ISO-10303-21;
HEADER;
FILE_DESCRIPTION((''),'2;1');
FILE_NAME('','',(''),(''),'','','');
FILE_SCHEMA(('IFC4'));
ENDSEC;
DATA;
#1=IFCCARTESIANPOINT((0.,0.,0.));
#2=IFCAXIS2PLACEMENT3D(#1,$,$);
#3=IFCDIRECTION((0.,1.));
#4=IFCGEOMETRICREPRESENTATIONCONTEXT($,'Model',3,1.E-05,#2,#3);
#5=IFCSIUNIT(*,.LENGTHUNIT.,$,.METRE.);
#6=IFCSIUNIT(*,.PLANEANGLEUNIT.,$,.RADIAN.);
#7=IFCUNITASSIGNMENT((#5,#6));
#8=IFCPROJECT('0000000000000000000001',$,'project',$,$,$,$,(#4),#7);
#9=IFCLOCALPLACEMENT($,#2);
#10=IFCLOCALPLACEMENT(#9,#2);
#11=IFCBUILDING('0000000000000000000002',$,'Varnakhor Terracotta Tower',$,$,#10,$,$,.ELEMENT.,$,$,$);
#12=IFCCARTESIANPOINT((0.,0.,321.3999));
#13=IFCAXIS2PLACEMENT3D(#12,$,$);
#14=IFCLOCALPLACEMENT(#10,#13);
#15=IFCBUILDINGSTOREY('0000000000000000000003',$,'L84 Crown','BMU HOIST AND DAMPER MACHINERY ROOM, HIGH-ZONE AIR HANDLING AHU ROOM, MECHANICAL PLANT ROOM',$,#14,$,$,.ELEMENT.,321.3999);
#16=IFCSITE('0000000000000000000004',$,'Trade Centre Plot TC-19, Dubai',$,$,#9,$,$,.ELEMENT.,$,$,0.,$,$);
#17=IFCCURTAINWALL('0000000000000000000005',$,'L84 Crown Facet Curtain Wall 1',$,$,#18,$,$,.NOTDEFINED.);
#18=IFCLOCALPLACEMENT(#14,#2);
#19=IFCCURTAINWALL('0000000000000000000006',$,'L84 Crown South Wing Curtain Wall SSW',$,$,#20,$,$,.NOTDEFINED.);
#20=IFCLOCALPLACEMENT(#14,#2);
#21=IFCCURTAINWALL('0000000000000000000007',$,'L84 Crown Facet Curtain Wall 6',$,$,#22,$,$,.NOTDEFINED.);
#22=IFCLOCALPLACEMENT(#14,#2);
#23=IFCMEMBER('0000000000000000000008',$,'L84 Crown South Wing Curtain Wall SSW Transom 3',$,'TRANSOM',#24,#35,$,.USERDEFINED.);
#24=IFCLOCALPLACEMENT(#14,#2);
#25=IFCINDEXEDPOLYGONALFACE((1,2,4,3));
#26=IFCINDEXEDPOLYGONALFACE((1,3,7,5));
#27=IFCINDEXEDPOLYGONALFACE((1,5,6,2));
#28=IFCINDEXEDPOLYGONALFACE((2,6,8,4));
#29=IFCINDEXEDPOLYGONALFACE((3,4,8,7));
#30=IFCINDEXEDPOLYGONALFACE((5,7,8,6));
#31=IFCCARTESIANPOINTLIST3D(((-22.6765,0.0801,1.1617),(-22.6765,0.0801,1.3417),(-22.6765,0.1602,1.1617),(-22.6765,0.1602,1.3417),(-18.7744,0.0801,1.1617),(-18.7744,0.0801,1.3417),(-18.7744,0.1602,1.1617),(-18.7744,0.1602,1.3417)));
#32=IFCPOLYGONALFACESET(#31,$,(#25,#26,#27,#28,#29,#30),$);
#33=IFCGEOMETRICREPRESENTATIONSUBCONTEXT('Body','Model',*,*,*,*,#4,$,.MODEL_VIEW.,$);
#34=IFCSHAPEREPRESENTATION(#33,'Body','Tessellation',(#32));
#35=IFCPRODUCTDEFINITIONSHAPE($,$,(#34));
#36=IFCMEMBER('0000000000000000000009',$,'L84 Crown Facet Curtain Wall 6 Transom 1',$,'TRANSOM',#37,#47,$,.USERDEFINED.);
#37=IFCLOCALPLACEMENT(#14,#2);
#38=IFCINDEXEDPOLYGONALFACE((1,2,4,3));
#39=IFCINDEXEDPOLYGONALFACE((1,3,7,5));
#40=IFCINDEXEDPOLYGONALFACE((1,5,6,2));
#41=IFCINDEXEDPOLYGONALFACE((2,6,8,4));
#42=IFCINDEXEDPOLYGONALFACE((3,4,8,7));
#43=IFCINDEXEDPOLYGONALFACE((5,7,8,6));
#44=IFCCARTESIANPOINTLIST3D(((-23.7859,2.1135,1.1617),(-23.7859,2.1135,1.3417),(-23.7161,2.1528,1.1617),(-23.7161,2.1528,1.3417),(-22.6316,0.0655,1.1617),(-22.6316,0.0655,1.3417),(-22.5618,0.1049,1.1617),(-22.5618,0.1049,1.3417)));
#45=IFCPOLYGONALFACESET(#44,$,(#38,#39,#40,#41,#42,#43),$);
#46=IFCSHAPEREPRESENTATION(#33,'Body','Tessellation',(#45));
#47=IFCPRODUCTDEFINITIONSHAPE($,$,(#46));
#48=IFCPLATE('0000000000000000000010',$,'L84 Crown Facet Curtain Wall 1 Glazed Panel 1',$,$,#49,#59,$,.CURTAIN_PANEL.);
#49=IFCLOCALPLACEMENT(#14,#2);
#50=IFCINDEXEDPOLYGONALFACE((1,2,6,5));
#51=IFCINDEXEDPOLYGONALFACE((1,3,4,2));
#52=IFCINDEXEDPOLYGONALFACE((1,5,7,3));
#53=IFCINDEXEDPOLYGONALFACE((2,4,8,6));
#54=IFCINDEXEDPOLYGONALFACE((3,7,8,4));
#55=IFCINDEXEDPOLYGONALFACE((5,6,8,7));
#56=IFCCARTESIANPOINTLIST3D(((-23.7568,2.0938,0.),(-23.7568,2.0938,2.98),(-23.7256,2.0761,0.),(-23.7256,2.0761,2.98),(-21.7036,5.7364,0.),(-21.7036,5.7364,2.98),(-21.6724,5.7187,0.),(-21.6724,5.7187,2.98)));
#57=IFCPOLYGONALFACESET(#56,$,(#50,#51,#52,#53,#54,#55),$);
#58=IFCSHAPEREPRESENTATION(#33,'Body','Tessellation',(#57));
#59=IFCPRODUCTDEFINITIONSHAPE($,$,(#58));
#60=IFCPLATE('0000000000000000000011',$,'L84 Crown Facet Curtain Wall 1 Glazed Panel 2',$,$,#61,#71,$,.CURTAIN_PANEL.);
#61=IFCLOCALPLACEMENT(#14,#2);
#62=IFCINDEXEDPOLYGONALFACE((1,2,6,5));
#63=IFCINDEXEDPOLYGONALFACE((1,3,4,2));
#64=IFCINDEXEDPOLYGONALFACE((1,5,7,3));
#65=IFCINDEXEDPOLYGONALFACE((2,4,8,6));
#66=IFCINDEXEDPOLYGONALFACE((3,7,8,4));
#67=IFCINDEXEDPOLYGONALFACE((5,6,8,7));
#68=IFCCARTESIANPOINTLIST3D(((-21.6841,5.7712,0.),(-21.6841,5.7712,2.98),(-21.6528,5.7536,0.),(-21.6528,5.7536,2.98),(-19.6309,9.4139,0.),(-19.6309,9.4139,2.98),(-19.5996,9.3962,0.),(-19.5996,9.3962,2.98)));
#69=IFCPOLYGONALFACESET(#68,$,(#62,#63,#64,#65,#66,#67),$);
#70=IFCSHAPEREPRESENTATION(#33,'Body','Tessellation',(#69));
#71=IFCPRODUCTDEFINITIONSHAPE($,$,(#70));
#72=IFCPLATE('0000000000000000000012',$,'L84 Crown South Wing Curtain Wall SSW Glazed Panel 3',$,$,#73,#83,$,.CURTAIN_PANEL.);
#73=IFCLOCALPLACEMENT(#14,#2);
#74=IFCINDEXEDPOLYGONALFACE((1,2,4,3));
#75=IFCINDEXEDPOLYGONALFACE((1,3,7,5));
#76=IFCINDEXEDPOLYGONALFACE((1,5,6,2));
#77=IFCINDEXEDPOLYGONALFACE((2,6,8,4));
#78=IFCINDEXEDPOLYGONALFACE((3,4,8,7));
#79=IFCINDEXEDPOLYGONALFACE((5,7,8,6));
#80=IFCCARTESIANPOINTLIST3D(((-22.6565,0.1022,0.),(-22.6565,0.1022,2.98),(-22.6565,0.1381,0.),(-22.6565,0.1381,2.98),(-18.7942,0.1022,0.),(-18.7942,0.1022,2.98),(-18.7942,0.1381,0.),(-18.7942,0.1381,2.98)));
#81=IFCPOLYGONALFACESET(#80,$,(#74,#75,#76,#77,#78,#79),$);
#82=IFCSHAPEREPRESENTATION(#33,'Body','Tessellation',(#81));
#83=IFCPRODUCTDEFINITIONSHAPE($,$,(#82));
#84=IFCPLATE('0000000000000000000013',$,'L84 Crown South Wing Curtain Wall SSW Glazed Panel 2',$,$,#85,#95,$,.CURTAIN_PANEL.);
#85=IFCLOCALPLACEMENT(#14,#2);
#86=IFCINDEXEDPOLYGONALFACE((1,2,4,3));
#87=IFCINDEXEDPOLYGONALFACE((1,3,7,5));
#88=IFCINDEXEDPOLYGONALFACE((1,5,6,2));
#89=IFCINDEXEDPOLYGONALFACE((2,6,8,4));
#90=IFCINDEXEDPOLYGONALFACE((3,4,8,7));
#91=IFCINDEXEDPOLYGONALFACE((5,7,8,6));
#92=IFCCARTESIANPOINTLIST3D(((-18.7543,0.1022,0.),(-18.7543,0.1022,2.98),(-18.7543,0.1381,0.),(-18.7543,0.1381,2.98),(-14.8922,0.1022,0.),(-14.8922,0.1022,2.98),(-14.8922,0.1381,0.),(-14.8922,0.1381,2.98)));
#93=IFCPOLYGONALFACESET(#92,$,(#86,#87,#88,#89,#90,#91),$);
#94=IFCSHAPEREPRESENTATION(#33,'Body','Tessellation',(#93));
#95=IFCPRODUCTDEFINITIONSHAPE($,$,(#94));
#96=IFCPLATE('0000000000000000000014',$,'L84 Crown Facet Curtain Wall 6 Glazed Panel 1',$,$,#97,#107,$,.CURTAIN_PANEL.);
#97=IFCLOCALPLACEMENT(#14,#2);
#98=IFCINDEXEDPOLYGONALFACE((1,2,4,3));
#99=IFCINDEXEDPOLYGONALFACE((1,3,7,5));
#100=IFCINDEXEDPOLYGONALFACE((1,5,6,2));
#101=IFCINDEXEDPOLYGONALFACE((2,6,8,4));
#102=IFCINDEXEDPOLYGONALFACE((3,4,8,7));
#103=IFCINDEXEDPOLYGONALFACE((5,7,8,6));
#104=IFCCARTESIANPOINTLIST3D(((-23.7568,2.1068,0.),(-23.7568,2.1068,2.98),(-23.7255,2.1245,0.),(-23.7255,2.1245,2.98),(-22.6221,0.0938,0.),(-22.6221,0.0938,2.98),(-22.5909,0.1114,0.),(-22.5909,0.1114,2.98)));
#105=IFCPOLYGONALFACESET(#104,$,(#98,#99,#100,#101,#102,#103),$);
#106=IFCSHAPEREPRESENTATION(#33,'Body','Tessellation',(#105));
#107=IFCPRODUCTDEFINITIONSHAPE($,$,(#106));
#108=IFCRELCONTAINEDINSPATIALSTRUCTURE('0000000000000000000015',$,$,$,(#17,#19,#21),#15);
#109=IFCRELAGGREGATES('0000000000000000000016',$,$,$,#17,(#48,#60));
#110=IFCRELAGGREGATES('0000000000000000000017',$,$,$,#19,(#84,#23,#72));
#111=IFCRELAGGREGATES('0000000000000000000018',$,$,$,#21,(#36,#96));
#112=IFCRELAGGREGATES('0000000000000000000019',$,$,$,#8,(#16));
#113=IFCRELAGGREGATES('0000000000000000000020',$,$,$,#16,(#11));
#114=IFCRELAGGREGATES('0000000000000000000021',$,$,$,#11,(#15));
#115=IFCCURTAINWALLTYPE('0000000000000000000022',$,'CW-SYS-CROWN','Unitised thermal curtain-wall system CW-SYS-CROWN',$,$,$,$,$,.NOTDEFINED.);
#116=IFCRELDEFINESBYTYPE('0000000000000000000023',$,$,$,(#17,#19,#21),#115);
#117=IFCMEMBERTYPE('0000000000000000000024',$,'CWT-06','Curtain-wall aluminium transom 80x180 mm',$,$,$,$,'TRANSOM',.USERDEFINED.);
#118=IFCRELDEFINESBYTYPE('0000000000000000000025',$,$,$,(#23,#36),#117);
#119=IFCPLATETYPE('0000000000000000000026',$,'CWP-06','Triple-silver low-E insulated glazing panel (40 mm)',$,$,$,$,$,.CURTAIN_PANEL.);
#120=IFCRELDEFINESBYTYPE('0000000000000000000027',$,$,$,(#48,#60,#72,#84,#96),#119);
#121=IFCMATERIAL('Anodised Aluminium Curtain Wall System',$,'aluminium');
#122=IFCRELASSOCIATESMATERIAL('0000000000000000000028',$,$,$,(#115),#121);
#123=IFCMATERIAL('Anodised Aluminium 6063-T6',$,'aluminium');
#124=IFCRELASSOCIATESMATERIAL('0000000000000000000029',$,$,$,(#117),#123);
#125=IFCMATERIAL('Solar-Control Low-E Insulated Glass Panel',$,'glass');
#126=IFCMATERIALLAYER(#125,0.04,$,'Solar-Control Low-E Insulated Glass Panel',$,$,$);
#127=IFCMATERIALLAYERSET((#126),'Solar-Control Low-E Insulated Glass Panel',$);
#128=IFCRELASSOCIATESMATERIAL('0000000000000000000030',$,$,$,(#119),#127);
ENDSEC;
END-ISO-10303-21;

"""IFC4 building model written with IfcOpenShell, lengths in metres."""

from ifc_helpers import new_model, si_unit, direction, frame, origin, origin_2d, place, context, subcontext, project, spatial, rectangle, extrude, source, transform, mapped, material, layer, layer_set, material_profile, profile_set, type_object, element, aggregate, save


model = new_model("IFC4")

# Units and contexts
model_context = context("Model", 3, precision=1e-05, world=origin(), true_north=direction((0.0, 1.0)))
body_context = subcontext(model_context, "Body", "Model", "MODEL_VIEW")
ifc_project = project(units=[si_unit("LENGTHUNIT", "METRE"), si_unit("PLANEANGLEUNIT", "RADIAN")], contexts=[model_context])

# Site, building, storey
site_placement = place(None, origin())
site = spatial("IfcSite", under=ifc_project, at=site_placement, Name="Trade Centre Plot TC-19, Dubai", CompositionType="ELEMENT", RefElevation=0.0)
building_placement = place(site_placement, origin())
building = spatial("IfcBuilding", under=site, at=building_placement, Name="Varnakhor Terracotta Tower", CompositionType="ELEMENT")
storey_placement = place(building_placement, frame((0.0, 0.0, 321.3999)))
storey = spatial("IfcBuildingStorey", under=building, at=storey_placement, Name="L84 Crown", Description="BMU HOIST AND DAMPER MACHINERY ROOM, HIGH-ZONE AIR HANDLING AHU ROOM, MECHANICAL PLANT ROOM", CompositionType="ELEMENT", Elevation=321.3999)

# Curtain walls
ifc_material_1 = material(Name="Anodised Aluminium Curtain Wall System", Category="aluminium")
curtain_wall_type = type_object("IfcCurtainWallType", Name="CW-SYS-CROWN", Description="Unitised thermal curtain-wall system CW-SYS-CROWN", PredefinedType="NOTDEFINED", material=ifc_material_1)
curtain_wall_1_placement = place(storey_placement, origin())
curtain_wall_1 = element("IfcCurtainWall", 1, at=curtain_wall_1_placement, inside=storey, type_object=curtain_wall_type, Name="L84 Crown Facet Curtain Wall 1", PredefinedType="NOTDEFINED")
ifc_material_2 = material(Name="Anodised Aluminium 6063-T6", Category="aluminium")
curtain_wall_2_placement = place(storey_placement, origin())
curtain_wall_2 = element("IfcCurtainWall", 2, at=curtain_wall_2_placement, inside=storey, type_object=curtain_wall_type, Name="L84 Crown South Wing Curtain Wall SSW", PredefinedType="NOTDEFINED")

# Curtain wall
curtain_wall_3_placement = place(storey_placement, origin())
curtain_wall_3 = element("IfcCurtainWall", 3, at=curtain_wall_3_placement, inside=storey, type_object=curtain_wall_type, Name="L84 Crown Facet Curtain Wall 6", PredefinedType="NOTDEFINED")

# Members
ifc_material_profile_1 = material_profile(ifc_material_2, rectangle(XDim=0.0801, YDim=0.1799, at=origin_2d()), Name="ALU TRANSOM 80x180")
ifc_profile_set_1 = profile_set([ifc_material_profile_1], Name="Anodised Aluminium 6063-T6")
member_type_1 = type_object("IfcMemberType", Name="CWT-06", Description="Curtain-wall aluminium transom 80x180 mm", ElementType="TRANSOM", PredefinedType="USERDEFINED", material=ifc_profile_set_1)
shared_shape_1 = source(origin(), body_context, "Body", "SweptSolid", [
    extrude(rectangle(XDim=0.0801, YDim=0.1799, at=origin_2d()), origin(), (0.0, 0.0, 1.0), 3.9021),
])
member_1_placement = place(storey_placement, frame((-18.7744, 0.1201, 1.2517), z_axis=(-1.0, 0.0, 0.0), x_axis=(0.0, -1.0, 0.0)))
member_1 = element("IfcMember", 4, at=member_1_placement, type_object=member_type_1, Name="L84 Crown South Wing Curtain Wall SSW Transom 3", ObjectType="TRANSOM", PredefinedType="USERDEFINED", context=body_context, shape_type="MappedRepresentation", body=[
    mapped(shared_shape_1, transform((0.0, 0.0, 0.0), scale=1.0)),
])
shared_shape_2 = source(origin(), body_context, "Body", "SweptSolid", [
    extrude(rectangle(XDim=0.0801, YDim=0.1799, at=origin_2d()), origin(), (0.0, 0.0, 1.0), 2.3508),
])
member_2_placement = place(storey_placement, frame((-22.5967, 0.0852, 1.2517), z_axis=(-0.49103, 0.871143, 0.0), x_axis=(-0.871143, -0.49103, 0.0)))
member_2 = element("IfcMember", 5, at=member_2_placement, type_object=member_type_1, Name="L84 Crown Facet Curtain Wall 6 Transom 1", ObjectType="TRANSOM", PredefinedType="USERDEFINED", context=body_context, shape_type="MappedRepresentation", body=[
    mapped(shared_shape_2, transform((0.0, 0.0, 0.0), scale=1.0)),
])

# Plates
ifc_material_3 = material(Name="Solar-Control Low-E Insulated Glass Panel", Category="glass")
ifc_layer = layer(ifc_material_3, 0.04, Name="Solar-Control Low-E Insulated Glass Panel")
ifc_layer_set = layer_set([ifc_layer], Name="Solar-Control Low-E Insulated Glass Panel")
plate_type = type_object("IfcPlateType", Name="CWP-06", Description="Triple-silver low-E insulated glazing panel (40 mm)", PredefinedType="CURTAIN_PANEL", material=ifc_layer_set)
shared_shape_3 = source(origin(), body_context, "Body", "SweptSolid", [
    extrude(rectangle(XDim=4.1814, YDim=0.0359, at=origin_2d()), origin(), (0.0, 0.0, 1.0), 2.98),
])
plate_1_placement = place(storey_placement, frame((-22.7146, 3.9062, 0.0), z_axis=(0.0, 0.0, 1.0), x_axis=(0.491025, 0.871145, 0.0)))
plate_1 = element("IfcPlate", 6, at=plate_1_placement, type_object=plate_type, Name="L84 Crown Facet Curtain Wall 1 Glazed Panel 1", PredefinedType="CURTAIN_PANEL", context=body_context, shape_type="MappedRepresentation", body=[
    mapped(shared_shape_3, transform((0.0, 0.0, 0.0), scale=1.0)),
])
plate_2_placement = place(storey_placement, frame((-20.6418, 7.5837, 0.0), z_axis=(0.0, 0.0, 1.0), x_axis=(0.491025, 0.871145, 0.0)))
plate_2 = element("IfcPlate", 7, at=plate_2_placement, type_object=plate_type, Name="L84 Crown Facet Curtain Wall 1 Glazed Panel 2", PredefinedType="CURTAIN_PANEL", context=body_context, shape_type="MappedRepresentation", body=[
    mapped(shared_shape_3, transform((0.0, 0.0, 0.0), scale=1.0)),
])
aggregate(curtain_wall_1, [plate_1, plate_2])
shared_shape_4 = source(origin(), body_context, "Body", "SweptSolid", [
    extrude(rectangle(XDim=3.8623, YDim=0.0359, at=origin_2d()), origin(), (0.0, 0.0, 1.0), 2.98),
])
plate_3_placement = place(storey_placement, frame((-20.7253, 0.1201, 0.0), z_axis=(0.0, 0.0, 1.0), x_axis=(-1.0, 0.0, 0.0)))
plate_3 = element("IfcPlate", 8, at=plate_3_placement, type_object=plate_type, Name="L84 Crown South Wing Curtain Wall SSW Glazed Panel 3", PredefinedType="CURTAIN_PANEL", context=body_context, shape_type="MappedRepresentation", body=[
    mapped(shared_shape_4, transform((0.0, 0.0, 0.0), scale=1.0)),
])
shared_shape_5 = source(origin(), body_context, "Body", "SweptSolid", [
    extrude(rectangle(XDim=3.8621, YDim=0.0359, at=origin_2d()), origin(), (0.0, 0.0, 1.0), 2.98),
])
plate_4_placement = place(storey_placement, frame((-16.8232, 0.1201, 0.0), z_axis=(0.0, 0.0, 1.0), x_axis=(-1.0, 0.0, 0.0)))
plate_4 = element("IfcPlate", 9, at=plate_4_placement, type_object=plate_type, Name="L84 Crown South Wing Curtain Wall SSW Glazed Panel 2", PredefinedType="CURTAIN_PANEL", context=body_context, shape_type="MappedRepresentation", body=[
    mapped(shared_shape_5, transform((0.0, 0.0, 0.0), scale=1.0)),
])
aggregate(curtain_wall_2, [plate_4, member_1, plate_3])
shared_shape_6 = source(origin(), body_context, "Body", "SweptSolid", [
    extrude(rectangle(XDim=2.3108, YDim=0.0359, at=origin_2d()), origin(), (0.0, 0.0, 1.0), 2.98),
])
plate_5_placement = place(storey_placement, frame((-23.1738, 1.1091, 0.0), z_axis=(0.0, 0.0, 1.0), x_axis=(-0.491025, 0.871145, 0.0)))
plate_5 = element("IfcPlate", 10, at=plate_5_placement, type_object=plate_type, Name="L84 Crown Facet Curtain Wall 6 Glazed Panel 1", PredefinedType="CURTAIN_PANEL", context=body_context, shape_type="MappedRepresentation", body=[
    mapped(shared_shape_6, transform((0.0, 0.0, 0.0), scale=1.0)),
])
aggregate(curtain_wall_3, [member_2, plate_5])

save(model, "model.ifc")
